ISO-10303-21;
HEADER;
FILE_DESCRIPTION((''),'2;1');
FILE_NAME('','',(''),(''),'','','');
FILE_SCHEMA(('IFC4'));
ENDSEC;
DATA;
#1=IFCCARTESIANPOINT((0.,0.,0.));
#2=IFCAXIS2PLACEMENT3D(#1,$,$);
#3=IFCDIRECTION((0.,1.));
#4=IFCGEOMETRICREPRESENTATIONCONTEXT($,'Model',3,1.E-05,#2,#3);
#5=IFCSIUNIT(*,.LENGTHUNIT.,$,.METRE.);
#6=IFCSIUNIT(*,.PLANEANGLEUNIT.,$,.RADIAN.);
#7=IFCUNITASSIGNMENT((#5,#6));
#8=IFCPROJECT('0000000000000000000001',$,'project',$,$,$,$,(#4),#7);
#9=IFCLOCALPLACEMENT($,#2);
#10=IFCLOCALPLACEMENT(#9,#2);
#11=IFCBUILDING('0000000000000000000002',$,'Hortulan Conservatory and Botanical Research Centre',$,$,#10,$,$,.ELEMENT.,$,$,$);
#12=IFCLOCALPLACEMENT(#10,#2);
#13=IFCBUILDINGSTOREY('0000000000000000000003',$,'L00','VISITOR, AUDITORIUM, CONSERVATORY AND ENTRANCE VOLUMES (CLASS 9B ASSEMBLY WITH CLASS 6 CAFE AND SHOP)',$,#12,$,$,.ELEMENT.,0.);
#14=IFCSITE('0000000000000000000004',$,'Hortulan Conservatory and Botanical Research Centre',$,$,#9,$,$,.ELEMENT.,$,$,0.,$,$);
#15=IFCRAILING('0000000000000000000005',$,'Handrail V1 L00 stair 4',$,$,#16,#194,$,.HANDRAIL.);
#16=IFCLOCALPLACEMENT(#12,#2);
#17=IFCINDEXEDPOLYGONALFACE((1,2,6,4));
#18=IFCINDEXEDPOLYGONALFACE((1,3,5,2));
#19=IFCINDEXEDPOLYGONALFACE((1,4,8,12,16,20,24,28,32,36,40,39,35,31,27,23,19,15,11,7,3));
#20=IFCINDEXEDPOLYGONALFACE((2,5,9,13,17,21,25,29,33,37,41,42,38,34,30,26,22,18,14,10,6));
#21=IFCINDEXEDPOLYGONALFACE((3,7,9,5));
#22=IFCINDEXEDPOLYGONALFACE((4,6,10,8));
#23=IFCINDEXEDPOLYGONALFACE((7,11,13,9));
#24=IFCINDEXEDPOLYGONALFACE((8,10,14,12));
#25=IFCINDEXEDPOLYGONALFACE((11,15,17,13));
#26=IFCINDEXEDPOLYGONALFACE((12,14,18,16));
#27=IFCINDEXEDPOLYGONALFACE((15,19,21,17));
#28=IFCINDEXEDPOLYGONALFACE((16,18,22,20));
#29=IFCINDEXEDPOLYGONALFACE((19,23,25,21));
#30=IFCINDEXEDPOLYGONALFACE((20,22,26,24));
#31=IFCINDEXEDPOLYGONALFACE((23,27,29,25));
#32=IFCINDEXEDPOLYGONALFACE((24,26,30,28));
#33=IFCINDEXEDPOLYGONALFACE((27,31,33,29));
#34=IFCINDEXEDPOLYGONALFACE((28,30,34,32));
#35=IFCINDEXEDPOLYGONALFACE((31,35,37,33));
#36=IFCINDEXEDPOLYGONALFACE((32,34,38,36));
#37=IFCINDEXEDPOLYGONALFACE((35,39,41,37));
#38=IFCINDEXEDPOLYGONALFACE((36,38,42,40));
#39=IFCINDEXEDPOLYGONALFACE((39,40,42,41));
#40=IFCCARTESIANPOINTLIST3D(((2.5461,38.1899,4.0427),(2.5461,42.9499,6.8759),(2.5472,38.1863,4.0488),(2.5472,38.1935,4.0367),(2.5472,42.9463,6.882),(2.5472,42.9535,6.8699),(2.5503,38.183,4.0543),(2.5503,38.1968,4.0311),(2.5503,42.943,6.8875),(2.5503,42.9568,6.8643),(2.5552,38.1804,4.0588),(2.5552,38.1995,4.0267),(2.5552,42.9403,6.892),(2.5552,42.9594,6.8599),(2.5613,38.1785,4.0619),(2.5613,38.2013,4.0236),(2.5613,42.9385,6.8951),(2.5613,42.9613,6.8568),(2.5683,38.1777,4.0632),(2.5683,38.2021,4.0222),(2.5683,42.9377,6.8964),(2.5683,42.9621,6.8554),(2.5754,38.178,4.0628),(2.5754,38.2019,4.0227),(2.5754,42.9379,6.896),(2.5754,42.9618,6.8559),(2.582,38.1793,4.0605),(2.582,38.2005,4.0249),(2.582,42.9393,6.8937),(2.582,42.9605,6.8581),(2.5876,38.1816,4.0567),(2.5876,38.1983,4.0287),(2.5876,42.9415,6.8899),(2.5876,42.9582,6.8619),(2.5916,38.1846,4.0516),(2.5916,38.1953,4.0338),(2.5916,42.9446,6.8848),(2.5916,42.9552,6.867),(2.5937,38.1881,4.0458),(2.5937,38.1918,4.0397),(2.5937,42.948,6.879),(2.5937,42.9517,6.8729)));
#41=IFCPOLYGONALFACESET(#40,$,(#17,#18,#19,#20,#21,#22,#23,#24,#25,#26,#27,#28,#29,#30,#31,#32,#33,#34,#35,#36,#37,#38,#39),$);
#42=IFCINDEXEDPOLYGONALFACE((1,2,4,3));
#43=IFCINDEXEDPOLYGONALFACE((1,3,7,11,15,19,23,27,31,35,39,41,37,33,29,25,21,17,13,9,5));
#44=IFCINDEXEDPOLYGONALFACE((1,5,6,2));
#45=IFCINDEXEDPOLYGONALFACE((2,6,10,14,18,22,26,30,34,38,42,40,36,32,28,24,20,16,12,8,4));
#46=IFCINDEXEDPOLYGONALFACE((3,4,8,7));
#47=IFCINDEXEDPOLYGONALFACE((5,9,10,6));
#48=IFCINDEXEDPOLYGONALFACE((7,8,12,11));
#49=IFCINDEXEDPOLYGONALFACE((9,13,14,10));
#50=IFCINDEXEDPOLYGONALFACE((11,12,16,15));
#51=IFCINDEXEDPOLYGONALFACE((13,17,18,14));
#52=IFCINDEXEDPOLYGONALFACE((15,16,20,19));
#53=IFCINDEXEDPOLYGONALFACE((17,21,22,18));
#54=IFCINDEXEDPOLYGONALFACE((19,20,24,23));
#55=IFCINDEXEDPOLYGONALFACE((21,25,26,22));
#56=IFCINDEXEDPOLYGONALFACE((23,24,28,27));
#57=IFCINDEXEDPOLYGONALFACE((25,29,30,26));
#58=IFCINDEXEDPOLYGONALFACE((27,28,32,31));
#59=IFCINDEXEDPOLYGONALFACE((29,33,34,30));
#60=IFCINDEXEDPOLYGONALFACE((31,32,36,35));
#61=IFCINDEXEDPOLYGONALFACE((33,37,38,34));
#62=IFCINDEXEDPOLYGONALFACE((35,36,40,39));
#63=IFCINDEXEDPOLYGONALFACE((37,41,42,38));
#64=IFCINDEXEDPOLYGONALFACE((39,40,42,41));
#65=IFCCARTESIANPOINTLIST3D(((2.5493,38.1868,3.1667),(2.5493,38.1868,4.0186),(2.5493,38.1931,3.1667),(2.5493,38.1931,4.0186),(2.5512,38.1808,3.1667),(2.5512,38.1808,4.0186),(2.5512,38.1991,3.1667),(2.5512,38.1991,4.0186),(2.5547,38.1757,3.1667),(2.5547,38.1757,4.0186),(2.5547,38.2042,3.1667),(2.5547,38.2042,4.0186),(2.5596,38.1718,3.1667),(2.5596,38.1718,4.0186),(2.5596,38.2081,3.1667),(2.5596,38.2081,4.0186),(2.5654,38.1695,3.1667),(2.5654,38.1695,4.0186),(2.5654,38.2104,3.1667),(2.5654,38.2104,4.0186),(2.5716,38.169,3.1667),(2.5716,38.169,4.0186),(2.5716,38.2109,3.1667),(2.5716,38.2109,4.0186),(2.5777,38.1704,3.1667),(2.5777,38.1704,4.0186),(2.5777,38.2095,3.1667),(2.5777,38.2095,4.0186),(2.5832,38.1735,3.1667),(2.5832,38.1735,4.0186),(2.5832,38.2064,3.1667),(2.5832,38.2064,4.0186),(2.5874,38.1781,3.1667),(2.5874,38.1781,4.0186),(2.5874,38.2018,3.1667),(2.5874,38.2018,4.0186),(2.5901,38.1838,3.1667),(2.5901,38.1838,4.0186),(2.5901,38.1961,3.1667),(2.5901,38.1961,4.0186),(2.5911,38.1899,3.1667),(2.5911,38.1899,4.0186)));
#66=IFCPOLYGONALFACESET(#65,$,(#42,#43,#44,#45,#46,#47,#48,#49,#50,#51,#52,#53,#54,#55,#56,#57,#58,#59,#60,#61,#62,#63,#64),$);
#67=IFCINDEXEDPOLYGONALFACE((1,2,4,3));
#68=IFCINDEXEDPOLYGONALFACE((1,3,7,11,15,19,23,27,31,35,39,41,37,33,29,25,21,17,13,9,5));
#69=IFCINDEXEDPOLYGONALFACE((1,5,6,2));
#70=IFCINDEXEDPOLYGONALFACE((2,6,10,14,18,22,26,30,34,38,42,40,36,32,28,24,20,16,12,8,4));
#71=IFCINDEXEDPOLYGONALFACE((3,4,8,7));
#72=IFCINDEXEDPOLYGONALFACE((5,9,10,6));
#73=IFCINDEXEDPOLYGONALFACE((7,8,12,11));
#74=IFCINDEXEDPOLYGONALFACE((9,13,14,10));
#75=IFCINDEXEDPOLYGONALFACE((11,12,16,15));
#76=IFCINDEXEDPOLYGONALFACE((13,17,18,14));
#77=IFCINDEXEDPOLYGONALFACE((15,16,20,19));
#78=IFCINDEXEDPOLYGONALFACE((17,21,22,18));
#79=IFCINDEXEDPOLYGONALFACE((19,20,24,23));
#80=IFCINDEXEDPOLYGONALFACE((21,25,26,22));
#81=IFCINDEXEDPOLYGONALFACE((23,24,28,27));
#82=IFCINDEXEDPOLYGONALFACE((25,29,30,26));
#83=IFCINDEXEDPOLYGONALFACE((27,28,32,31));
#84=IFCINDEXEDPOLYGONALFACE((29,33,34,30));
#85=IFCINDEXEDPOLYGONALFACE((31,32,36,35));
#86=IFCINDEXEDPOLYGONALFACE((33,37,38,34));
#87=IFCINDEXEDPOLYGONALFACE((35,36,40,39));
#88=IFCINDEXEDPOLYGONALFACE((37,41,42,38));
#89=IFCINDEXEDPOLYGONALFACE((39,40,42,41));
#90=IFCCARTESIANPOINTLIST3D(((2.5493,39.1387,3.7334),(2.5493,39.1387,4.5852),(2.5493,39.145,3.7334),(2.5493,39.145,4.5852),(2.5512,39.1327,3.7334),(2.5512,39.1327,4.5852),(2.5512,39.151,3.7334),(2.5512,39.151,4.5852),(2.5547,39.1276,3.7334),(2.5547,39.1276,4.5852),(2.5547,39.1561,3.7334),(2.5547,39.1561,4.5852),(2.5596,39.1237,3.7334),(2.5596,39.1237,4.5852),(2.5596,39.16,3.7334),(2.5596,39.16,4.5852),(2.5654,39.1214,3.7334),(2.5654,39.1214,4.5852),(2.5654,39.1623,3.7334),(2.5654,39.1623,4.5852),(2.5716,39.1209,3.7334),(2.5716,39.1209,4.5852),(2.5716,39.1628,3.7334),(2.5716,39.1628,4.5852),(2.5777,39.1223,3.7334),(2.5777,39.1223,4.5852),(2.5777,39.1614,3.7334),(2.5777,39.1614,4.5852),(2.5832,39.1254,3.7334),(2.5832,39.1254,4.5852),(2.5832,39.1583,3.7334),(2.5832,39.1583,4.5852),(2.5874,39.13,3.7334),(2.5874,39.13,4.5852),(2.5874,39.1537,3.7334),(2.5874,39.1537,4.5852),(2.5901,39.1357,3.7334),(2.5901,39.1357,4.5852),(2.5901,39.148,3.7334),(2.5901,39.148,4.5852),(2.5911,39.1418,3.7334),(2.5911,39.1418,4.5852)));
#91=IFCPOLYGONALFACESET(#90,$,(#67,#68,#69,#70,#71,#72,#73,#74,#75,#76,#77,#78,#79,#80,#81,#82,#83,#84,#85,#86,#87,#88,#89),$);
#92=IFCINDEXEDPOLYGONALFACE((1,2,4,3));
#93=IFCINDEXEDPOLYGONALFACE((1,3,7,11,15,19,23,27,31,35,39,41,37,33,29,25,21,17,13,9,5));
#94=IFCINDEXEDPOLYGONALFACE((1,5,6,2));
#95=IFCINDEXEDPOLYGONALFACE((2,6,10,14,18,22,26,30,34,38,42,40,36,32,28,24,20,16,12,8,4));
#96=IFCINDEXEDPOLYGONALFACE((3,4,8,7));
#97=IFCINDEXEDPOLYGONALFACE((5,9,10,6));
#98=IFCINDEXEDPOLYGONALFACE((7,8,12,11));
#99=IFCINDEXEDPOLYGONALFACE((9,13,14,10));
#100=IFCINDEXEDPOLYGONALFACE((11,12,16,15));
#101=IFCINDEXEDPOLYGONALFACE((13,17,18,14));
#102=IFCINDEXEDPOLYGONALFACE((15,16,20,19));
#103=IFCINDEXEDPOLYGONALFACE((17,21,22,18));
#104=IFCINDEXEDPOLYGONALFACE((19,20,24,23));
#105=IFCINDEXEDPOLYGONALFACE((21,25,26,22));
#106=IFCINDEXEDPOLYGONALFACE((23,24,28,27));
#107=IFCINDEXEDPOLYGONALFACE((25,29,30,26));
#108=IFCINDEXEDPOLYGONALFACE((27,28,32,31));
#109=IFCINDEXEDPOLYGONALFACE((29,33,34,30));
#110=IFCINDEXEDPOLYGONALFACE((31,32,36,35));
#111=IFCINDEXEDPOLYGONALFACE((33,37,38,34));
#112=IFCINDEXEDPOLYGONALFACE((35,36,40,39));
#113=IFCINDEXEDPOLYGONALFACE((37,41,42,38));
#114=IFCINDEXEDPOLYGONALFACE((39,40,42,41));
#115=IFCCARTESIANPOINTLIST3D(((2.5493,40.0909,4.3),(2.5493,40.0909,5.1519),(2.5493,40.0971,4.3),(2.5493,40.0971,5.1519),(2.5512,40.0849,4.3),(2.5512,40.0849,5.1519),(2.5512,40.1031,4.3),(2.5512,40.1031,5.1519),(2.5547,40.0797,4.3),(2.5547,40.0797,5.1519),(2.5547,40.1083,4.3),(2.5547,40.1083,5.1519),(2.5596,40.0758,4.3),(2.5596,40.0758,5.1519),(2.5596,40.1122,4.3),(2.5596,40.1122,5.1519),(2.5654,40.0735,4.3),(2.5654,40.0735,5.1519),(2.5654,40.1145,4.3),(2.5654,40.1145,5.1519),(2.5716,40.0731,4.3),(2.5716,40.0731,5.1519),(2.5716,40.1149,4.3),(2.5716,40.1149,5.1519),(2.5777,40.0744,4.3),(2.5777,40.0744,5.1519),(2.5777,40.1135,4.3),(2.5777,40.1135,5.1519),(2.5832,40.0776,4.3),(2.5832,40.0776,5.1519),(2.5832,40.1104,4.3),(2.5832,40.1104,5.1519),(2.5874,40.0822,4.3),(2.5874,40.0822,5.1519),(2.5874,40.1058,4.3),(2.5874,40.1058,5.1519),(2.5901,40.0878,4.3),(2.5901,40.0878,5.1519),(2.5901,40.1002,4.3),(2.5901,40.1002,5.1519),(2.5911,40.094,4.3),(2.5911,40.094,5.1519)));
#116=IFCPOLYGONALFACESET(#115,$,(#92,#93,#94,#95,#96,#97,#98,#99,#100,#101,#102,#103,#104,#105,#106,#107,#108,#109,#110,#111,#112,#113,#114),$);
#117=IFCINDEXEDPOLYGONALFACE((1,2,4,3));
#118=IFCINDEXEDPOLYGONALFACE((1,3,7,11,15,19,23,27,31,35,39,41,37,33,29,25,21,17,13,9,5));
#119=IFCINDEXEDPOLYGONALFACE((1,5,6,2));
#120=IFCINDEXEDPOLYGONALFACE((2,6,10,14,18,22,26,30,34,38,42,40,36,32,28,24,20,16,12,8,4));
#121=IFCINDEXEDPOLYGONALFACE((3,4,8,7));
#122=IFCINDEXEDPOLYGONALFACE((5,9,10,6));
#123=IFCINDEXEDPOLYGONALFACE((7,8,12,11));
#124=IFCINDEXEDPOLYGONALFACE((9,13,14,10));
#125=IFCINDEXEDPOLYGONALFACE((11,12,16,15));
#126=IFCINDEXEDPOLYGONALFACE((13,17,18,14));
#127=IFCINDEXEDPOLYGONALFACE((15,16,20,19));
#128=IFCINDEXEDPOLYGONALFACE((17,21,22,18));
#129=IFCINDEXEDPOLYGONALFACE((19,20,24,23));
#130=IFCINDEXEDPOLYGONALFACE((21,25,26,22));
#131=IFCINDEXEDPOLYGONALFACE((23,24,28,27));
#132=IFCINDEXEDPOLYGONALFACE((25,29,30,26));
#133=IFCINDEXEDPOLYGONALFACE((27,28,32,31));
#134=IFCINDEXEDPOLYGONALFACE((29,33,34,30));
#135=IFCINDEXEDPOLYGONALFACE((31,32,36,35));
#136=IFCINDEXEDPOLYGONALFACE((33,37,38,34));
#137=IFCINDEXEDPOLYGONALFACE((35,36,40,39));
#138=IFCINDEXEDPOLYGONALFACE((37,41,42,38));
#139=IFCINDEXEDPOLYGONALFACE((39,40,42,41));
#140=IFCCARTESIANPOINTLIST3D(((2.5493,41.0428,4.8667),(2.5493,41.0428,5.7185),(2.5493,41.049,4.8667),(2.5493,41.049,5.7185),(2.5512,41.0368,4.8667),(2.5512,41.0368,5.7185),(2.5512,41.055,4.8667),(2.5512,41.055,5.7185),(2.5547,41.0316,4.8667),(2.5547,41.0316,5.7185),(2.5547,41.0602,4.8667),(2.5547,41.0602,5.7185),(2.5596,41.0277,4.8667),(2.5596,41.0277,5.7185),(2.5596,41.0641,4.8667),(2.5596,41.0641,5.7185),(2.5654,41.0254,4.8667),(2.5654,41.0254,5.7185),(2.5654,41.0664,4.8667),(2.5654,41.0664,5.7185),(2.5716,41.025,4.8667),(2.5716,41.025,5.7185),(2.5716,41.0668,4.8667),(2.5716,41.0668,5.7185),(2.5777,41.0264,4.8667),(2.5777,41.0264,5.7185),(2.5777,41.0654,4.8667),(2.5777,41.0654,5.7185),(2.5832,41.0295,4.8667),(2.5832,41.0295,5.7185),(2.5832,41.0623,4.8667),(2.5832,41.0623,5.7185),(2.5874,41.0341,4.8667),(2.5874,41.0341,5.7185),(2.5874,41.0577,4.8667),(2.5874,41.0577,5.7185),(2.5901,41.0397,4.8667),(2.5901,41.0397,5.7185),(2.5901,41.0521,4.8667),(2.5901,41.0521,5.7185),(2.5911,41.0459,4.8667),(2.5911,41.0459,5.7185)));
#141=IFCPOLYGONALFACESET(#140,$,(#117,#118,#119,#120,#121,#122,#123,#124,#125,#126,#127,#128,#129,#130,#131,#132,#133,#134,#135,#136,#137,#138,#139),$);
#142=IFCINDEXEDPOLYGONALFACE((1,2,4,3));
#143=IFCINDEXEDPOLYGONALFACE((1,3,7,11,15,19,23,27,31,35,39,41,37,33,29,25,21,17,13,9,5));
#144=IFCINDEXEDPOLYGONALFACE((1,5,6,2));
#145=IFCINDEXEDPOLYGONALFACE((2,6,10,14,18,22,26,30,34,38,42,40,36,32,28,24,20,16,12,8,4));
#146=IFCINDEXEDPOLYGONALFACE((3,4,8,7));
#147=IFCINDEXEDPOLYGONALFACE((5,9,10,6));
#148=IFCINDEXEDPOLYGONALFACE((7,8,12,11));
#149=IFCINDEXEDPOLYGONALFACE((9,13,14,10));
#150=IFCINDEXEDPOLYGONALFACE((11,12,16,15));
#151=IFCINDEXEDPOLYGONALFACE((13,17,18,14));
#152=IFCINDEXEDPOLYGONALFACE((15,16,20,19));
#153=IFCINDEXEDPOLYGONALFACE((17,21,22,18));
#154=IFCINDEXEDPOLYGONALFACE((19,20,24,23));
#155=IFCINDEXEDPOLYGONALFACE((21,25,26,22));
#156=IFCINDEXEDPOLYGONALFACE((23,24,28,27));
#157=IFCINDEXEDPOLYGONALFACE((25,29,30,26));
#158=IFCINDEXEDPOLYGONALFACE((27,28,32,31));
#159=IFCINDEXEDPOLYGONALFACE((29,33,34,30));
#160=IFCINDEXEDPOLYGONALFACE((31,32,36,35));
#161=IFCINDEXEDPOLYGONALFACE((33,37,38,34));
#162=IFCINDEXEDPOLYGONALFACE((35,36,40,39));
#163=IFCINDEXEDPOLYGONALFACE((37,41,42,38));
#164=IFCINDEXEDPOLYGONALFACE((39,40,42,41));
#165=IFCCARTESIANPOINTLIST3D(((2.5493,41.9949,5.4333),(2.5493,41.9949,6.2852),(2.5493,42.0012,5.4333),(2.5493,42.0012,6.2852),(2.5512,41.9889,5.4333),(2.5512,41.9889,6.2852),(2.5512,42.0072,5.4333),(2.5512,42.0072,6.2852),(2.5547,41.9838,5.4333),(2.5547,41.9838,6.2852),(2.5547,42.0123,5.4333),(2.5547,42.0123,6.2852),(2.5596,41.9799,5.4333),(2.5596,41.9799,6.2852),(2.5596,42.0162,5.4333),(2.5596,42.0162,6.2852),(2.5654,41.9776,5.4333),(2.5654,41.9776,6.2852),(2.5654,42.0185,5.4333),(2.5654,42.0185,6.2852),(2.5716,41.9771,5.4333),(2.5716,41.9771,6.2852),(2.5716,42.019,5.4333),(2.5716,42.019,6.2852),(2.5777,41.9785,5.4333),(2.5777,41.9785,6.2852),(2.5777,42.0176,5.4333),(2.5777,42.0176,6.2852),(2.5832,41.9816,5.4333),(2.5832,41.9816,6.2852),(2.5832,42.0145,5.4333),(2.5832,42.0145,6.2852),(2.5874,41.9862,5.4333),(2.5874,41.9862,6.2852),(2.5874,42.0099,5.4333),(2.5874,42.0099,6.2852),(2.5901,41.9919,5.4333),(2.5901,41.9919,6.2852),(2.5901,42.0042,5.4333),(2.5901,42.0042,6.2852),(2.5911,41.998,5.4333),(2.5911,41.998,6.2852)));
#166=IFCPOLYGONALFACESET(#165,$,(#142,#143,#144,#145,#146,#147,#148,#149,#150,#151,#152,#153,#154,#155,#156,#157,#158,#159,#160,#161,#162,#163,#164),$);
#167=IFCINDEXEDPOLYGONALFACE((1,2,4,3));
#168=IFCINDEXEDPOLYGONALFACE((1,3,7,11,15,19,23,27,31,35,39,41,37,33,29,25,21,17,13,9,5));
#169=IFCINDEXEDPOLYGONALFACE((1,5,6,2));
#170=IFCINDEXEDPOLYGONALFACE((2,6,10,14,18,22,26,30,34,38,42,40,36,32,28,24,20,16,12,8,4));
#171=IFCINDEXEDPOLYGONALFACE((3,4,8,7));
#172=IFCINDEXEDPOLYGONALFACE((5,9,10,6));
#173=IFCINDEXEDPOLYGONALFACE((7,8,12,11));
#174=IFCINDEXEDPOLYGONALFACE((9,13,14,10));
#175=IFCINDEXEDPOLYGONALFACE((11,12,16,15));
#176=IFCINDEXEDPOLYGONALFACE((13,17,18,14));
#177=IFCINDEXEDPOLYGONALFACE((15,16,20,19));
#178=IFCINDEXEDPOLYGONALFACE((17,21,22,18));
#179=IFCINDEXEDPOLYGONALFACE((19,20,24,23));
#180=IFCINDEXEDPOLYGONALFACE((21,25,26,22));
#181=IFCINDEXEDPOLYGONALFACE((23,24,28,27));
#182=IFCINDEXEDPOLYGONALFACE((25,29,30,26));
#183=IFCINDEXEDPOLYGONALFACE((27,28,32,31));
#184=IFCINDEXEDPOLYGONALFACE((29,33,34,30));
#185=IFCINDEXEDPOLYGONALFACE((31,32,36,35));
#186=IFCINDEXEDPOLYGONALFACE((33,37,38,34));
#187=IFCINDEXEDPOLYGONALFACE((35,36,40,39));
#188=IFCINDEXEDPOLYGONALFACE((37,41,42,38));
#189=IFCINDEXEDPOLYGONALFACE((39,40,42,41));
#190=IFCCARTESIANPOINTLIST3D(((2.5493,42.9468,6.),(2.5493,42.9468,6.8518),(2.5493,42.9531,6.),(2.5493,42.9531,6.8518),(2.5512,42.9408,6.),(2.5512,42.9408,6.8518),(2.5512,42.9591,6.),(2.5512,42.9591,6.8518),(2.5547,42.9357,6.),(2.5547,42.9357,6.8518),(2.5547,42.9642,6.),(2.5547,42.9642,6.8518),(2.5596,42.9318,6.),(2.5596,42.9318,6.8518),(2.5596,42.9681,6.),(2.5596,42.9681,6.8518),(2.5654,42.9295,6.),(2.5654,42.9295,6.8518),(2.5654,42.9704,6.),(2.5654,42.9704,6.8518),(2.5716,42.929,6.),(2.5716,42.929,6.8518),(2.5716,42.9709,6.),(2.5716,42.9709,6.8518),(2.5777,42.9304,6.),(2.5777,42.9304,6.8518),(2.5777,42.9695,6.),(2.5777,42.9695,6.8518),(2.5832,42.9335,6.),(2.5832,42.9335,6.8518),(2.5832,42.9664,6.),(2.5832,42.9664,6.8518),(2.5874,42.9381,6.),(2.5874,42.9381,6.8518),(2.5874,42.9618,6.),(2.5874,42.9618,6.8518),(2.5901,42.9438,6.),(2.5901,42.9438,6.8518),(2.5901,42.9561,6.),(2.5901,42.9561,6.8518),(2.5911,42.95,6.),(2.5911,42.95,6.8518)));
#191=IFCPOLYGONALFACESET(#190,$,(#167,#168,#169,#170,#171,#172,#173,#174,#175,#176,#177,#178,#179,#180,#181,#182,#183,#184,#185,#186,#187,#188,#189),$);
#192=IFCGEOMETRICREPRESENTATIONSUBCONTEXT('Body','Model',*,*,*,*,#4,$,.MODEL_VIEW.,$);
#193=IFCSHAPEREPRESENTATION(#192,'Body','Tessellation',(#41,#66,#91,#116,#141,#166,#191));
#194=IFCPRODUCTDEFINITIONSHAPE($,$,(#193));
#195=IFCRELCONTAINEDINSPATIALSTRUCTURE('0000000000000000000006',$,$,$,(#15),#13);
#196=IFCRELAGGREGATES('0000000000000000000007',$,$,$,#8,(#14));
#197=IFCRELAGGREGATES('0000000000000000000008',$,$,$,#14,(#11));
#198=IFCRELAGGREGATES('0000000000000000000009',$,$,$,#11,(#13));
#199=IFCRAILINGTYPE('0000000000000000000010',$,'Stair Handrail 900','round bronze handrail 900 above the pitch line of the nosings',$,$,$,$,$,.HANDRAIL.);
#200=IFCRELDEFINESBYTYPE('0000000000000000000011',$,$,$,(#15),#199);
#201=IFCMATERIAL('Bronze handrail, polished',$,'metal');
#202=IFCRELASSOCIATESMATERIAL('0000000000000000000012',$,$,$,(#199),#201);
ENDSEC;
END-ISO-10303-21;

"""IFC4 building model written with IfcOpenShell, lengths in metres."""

from ifc_helpers import new_model, si_unit, direction, frame, origin, origin_2d, place, context, subcontext, project, spatial, circle, extrude, material, type_object, element, save


model = new_model("IFC4")

# Units and contexts
model_context = context("Model", 3, precision=1e-05, world=origin(), true_north=direction((0.0, 1.0)))
body_context = subcontext(model_context, "Body", "Model", "MODEL_VIEW")
ifc_project = project(units=[si_unit("LENGTHUNIT", "METRE"), si_unit("PLANEANGLEUNIT", "RADIAN")], contexts=[model_context])

# Site, building, storey
site_placement = place(None, origin())
site = spatial("IfcSite", under=ifc_project, at=site_placement, Name="Hortulan Conservatory and Botanical Research Centre", CompositionType="ELEMENT", RefElevation=0.0)
building_placement = place(site_placement, origin())
building = spatial("IfcBuilding", under=site, at=building_placement, Name="Hortulan Conservatory and Botanical Research Centre", CompositionType="ELEMENT")
storey_placement = place(building_placement, origin())
storey = spatial("IfcBuildingStorey", under=building, at=storey_placement, Name="L00", Description="VISITOR, AUDITORIUM, CONSERVATORY AND ENTRANCE VOLUMES (CLASS 9B ASSEMBLY WITH CLASS 6 CAFE AND SHOP)", CompositionType="ELEMENT", Elevation=0.0)

# Railing
ifc_material_1 = material(Name="Bronze handrail, polished", Category="metal")
railing_type_1 = type_object("IfcRailingType", Name="Stair Handrail 900", Description="round bronze handrail 900 above the pitch line of the nosings", PredefinedType="HANDRAIL", material=ifc_material_1)
railing_1_placement = place(storey_placement, frame((2.5701, 38.1899, 3.1667)))
element("IfcRailing", 1, at=railing_1_placement, inside=storey, type_object=railing_type_1, Name="Handrail V1 L00 stair 4", PredefinedType="HANDRAIL", context=body_context, shape_type="SweptSolid", body=[
    extrude(circle(Radius=0.0239, at=origin_2d()), frame((0.0, 0.0, 0.876), z_axis=(0.0, 0.8593, 0.511472), x_axis=(-1.0, 0.0, 0.0)), (0.0, 0.0, 1.0), 5.5393),
    extrude(circle(Radius=0.021, at=origin_2d()), origin(), (0.0, 0.0, 1.0), 0.8518),
    extrude(circle(Radius=0.021, at=origin_2d()), frame((0.0, 0.9519, 0.5667)), (0.0, 0.0, 1.0), 0.8518),
    extrude(circle(Radius=0.021, at=origin_2d()), frame((0.0, 1.9041, 1.1333)), (0.0, 0.0, 1.0), 0.8518),
    extrude(circle(Radius=0.021, at=origin_2d()), frame((0.0, 2.856, 1.7)), (0.0, 0.0, 1.0), 0.8518),
    extrude(circle(Radius=0.021, at=origin_2d()), frame((0.0, 3.8081, 2.2666)), (0.0, 0.0, 1.0), 0.8518),
    extrude(circle(Radius=0.021, at=origin_2d()), frame((0.0, 4.76, 2.8333)), (0.0, 0.0, 1.0), 0.8518),
])

save(model, "model.ifc")
